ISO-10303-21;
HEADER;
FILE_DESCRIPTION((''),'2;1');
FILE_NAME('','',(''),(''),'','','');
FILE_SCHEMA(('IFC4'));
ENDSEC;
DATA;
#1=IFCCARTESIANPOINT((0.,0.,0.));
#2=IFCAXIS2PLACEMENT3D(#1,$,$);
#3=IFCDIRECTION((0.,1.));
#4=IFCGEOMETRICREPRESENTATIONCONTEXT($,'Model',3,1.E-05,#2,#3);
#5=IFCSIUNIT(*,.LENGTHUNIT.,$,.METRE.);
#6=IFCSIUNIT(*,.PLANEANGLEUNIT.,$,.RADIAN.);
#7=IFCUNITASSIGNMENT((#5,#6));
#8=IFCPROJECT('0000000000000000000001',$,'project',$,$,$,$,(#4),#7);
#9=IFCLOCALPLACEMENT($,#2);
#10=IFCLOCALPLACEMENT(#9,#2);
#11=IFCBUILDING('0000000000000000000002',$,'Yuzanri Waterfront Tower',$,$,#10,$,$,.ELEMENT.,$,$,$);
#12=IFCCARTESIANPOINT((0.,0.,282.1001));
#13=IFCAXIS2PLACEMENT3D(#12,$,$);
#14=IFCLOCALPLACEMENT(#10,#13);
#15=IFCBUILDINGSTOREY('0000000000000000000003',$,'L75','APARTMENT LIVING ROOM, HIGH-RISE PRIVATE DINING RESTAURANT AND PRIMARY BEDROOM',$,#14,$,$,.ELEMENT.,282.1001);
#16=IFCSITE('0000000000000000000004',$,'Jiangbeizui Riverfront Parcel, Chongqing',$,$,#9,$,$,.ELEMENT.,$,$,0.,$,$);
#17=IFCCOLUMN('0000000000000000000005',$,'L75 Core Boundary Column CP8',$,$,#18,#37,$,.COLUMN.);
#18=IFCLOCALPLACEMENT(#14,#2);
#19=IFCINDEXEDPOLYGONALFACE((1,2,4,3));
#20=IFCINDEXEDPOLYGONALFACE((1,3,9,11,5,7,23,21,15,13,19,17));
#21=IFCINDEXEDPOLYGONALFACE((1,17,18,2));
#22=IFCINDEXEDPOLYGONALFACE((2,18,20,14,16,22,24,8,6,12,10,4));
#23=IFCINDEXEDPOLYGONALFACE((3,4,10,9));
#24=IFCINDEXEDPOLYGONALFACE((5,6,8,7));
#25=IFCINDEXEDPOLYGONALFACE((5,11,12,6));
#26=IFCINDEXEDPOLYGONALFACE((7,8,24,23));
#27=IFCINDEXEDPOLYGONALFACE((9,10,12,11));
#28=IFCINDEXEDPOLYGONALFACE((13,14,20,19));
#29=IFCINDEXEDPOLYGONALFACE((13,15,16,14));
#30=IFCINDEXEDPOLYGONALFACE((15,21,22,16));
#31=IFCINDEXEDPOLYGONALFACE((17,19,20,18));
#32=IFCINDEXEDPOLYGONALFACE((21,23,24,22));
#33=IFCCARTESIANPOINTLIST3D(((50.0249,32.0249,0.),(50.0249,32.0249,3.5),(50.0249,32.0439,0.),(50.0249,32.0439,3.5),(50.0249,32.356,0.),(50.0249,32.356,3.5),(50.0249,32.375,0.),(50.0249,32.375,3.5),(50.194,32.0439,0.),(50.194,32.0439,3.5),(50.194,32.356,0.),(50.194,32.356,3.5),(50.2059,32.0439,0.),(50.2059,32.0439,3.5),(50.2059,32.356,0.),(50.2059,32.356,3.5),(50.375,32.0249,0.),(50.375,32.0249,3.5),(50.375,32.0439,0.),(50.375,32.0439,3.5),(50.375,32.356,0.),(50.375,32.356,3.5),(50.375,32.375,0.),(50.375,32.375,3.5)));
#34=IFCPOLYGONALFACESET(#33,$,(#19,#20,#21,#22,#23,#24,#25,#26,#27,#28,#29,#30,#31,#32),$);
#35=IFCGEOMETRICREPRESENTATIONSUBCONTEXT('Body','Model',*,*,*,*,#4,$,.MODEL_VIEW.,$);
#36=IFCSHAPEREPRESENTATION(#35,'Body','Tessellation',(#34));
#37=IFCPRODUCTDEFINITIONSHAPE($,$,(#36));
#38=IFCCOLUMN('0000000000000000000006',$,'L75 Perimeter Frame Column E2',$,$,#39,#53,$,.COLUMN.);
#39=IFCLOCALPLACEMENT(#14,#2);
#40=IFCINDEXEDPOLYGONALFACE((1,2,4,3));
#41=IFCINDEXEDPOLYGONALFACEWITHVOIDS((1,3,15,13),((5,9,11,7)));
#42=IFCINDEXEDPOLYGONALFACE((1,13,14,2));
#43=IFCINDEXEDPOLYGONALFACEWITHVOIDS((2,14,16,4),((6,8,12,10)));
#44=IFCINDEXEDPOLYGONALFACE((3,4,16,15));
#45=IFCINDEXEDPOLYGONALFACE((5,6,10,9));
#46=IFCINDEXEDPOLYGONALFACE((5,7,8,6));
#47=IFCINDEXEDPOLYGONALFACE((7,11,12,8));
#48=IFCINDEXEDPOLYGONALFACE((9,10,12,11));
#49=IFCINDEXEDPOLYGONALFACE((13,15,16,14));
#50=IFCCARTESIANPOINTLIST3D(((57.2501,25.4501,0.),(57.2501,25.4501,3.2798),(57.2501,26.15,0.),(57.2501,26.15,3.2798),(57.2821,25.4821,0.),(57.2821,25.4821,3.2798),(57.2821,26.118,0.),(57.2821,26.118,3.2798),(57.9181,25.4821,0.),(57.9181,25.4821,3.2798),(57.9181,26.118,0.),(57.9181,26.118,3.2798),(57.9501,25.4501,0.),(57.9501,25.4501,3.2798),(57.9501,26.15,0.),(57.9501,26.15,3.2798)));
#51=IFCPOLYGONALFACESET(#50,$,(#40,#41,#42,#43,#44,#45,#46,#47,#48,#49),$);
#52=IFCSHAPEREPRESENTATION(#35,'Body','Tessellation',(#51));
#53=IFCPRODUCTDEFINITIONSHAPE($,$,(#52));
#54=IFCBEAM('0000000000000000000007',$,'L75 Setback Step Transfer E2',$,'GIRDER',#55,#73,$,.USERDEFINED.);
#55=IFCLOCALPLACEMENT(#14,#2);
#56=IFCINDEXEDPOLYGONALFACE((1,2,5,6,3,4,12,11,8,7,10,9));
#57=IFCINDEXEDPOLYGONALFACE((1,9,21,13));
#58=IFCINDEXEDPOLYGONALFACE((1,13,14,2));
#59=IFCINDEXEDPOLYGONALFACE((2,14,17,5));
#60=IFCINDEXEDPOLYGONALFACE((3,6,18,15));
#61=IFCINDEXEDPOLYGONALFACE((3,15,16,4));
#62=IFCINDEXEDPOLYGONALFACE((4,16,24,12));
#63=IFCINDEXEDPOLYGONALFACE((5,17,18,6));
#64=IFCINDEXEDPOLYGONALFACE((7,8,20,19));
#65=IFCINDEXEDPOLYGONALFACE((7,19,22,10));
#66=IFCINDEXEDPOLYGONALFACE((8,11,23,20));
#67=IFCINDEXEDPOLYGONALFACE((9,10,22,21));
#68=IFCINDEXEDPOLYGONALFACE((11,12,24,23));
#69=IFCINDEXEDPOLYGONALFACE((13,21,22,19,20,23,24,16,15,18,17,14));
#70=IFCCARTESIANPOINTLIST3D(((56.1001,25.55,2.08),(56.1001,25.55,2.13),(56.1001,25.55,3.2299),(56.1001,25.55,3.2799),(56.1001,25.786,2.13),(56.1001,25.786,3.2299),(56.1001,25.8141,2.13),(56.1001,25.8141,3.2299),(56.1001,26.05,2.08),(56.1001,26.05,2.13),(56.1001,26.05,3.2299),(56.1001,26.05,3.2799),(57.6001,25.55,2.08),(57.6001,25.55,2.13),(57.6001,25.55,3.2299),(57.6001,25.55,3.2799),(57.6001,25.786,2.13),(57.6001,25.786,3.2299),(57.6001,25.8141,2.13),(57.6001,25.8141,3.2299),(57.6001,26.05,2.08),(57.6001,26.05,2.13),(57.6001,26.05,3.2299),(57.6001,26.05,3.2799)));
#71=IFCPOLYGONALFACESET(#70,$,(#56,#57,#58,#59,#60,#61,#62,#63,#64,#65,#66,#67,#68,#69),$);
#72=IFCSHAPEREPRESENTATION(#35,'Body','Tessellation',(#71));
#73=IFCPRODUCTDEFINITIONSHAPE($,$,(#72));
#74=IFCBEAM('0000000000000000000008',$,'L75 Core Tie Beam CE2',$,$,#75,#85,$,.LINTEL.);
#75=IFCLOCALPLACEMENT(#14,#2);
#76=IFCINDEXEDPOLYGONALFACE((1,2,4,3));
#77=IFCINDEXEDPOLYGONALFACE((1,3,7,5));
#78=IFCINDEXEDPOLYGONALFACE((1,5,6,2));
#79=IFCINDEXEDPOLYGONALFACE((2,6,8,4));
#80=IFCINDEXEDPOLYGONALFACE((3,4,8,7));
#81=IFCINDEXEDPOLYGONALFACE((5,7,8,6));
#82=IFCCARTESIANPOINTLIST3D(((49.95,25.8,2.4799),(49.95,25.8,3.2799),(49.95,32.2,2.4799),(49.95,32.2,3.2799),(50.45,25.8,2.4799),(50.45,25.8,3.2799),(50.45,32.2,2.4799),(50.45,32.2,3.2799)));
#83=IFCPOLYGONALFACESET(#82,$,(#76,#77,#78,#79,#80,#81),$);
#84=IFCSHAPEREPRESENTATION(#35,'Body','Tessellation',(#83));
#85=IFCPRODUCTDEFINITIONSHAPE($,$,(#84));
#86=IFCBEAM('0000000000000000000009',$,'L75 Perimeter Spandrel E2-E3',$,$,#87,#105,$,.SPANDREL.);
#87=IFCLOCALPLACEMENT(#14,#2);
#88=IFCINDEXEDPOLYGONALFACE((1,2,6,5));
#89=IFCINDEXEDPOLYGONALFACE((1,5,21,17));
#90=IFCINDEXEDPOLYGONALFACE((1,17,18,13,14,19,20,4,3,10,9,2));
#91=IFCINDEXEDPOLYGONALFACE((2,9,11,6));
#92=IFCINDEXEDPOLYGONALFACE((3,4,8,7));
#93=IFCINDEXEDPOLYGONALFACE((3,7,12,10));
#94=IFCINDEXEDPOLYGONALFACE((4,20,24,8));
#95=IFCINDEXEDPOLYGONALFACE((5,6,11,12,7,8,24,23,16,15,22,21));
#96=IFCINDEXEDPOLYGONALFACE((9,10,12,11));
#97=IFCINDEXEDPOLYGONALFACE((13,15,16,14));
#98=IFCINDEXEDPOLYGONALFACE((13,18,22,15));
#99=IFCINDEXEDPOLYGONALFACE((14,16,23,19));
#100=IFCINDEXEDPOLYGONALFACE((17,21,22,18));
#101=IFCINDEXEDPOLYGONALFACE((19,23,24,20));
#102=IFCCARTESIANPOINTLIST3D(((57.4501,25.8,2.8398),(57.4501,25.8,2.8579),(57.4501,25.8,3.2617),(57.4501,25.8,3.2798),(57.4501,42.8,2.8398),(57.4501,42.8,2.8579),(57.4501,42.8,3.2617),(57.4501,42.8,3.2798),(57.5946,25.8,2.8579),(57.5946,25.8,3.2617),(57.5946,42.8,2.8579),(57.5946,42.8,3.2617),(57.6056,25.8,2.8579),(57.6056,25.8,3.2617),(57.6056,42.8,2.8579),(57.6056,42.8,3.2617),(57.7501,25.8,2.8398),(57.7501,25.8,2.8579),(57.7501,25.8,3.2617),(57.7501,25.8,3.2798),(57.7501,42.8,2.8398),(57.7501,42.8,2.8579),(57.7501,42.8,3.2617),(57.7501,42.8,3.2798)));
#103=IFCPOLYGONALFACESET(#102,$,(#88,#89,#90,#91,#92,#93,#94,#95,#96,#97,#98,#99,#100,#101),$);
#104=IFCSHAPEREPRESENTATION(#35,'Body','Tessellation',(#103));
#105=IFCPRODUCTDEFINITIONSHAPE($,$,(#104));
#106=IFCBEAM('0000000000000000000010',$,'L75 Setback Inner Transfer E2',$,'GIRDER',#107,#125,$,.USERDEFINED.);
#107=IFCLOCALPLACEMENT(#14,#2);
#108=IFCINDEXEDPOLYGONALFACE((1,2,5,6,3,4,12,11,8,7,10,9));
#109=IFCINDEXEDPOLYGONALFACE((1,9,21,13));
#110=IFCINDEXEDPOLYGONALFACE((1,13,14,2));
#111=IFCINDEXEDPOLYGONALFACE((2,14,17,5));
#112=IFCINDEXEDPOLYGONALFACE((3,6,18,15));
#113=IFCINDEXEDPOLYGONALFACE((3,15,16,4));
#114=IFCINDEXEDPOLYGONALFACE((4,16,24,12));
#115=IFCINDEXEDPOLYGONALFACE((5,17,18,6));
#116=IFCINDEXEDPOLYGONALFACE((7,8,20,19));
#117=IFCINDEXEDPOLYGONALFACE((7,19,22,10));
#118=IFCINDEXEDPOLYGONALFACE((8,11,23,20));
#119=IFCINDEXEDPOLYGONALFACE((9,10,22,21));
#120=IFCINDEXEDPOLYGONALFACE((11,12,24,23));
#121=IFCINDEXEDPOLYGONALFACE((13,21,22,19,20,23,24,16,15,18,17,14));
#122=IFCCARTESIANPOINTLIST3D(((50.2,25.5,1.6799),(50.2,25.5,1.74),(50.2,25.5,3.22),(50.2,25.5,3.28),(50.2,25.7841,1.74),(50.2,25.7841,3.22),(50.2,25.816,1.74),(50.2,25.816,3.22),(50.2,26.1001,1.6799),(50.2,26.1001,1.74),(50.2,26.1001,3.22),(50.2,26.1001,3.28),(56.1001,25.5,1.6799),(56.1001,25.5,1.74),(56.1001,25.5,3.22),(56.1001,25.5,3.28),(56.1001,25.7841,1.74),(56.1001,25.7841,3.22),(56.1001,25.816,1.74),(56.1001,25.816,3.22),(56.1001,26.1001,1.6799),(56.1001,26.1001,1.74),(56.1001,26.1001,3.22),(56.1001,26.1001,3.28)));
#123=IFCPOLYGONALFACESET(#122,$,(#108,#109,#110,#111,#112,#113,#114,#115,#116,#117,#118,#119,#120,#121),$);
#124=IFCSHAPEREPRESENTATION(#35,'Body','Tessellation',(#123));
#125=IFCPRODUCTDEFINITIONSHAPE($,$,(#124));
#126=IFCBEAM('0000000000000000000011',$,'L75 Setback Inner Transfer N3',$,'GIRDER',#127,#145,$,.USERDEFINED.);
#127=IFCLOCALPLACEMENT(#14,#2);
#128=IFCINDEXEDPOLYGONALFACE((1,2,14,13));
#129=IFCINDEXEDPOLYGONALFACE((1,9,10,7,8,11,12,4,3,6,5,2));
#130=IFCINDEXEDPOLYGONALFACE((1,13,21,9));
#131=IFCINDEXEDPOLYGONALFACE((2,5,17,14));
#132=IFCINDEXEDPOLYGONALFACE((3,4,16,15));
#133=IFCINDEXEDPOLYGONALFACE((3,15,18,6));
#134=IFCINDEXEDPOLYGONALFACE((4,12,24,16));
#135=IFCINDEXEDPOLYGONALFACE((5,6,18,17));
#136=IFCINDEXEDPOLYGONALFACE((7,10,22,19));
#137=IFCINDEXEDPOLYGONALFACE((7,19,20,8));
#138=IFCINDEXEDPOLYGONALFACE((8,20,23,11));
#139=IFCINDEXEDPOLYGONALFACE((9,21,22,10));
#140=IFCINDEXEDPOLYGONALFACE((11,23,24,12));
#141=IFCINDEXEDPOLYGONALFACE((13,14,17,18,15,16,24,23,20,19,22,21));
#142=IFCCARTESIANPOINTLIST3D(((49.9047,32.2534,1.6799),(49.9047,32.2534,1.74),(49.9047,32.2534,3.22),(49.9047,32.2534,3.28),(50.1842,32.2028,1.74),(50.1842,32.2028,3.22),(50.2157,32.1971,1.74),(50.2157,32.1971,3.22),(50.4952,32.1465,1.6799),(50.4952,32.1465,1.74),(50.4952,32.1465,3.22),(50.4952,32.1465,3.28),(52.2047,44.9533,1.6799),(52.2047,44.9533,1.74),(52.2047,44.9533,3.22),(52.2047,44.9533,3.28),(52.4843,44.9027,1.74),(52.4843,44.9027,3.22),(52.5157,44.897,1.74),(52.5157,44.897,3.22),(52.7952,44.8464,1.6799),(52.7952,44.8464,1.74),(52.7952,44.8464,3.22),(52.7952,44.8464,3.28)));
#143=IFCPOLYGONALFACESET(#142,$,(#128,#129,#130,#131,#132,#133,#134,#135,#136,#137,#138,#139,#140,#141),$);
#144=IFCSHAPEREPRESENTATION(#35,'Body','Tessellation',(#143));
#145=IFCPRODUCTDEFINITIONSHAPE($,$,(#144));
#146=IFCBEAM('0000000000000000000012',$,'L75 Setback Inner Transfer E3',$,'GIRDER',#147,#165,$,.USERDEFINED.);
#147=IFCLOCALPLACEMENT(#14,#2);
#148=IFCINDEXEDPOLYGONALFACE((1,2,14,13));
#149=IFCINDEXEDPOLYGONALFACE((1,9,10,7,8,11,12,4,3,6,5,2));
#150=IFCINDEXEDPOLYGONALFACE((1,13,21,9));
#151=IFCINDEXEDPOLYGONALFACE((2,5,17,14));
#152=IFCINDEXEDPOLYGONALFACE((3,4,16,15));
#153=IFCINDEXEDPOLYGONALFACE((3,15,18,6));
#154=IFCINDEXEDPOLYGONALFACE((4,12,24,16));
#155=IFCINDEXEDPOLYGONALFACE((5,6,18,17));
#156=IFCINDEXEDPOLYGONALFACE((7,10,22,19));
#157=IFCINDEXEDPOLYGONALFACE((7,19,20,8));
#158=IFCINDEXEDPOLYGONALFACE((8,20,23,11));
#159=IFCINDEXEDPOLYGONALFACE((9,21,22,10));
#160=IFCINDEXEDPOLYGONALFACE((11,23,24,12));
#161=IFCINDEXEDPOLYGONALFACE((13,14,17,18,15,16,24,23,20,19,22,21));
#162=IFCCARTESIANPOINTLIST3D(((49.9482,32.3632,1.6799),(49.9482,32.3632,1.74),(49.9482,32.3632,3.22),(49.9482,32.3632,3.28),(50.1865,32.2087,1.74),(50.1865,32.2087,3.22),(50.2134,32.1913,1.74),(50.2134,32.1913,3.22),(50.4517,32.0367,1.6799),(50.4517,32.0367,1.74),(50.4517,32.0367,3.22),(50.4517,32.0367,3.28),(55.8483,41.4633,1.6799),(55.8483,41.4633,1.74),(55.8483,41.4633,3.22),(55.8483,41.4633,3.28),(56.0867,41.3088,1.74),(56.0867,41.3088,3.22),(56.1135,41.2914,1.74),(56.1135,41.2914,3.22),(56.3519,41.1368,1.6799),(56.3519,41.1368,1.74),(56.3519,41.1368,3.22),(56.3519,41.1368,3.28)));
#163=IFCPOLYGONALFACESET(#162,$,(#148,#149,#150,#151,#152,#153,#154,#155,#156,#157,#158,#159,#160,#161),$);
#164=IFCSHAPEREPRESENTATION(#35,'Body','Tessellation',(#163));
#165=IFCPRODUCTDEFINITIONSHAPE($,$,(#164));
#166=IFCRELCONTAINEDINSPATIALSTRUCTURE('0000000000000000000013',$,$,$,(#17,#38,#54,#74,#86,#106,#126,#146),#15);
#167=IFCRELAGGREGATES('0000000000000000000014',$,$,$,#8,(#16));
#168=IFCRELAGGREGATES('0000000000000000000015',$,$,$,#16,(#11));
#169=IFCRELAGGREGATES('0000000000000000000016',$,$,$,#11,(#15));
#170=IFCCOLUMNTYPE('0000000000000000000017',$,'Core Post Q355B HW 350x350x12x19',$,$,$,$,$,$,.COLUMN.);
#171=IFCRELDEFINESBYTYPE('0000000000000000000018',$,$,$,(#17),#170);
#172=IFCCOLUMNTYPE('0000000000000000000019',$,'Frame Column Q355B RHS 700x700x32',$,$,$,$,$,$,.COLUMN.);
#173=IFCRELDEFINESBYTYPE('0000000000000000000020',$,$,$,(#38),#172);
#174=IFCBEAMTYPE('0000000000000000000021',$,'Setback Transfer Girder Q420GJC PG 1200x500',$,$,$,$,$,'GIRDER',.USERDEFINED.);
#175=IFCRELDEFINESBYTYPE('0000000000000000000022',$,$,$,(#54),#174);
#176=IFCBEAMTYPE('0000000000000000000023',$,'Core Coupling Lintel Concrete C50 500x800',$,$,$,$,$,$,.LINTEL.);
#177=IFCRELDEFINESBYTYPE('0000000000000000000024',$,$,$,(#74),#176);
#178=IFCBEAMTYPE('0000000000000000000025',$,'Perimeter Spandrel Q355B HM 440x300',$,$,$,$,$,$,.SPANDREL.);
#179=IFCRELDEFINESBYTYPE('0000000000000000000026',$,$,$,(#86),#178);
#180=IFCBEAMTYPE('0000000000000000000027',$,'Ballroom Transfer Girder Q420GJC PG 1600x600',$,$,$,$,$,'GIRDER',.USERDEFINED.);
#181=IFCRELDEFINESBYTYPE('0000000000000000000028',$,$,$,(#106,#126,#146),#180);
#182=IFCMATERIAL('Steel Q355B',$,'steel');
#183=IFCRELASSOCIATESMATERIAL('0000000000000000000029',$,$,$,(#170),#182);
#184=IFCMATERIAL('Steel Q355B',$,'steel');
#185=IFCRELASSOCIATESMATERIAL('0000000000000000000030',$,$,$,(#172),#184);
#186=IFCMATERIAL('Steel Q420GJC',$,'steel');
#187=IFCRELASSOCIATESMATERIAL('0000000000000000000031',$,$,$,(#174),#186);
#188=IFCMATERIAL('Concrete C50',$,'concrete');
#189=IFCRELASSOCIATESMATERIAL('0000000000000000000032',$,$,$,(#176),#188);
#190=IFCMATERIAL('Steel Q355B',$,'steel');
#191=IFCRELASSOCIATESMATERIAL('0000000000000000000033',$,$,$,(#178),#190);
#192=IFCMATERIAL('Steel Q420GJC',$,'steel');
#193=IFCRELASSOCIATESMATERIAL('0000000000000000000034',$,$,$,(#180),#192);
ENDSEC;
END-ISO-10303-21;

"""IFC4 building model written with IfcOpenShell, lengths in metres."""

from ifc_helpers import new_model, si_unit, direction, frame, origin, origin_2d, place, context, subcontext, project, spatial, rectangle, hollow_rectangle, i_section, extrude, source, transform, mapped, material, material_profile, profile_set, type_object, element, save


model = new_model("IFC4")

# Units and contexts
model_context = context("Model", 3, precision=1e-05, world=origin(), true_north=direction((0.0, 1.0)))
body_context = subcontext(model_context, "Body", "Model", "MODEL_VIEW")
ifc_project = project(units=[si_unit("LENGTHUNIT", "METRE"), si_unit("PLANEANGLEUNIT", "RADIAN")], contexts=[model_context])

# Site, building, storey
site_placement = place(None, origin())
site = spatial("IfcSite", under=ifc_project, at=site_placement, Name="Jiangbeizui Riverfront Parcel, Chongqing", CompositionType="ELEMENT", RefElevation=0.0)
building_placement = place(site_placement, origin())
building = spatial("IfcBuilding", under=site, at=building_placement, Name="Yuzanri Waterfront Tower", CompositionType="ELEMENT")
storey_placement = place(building_placement, frame((0.0, 0.0, 282.1001)))
storey = spatial("IfcBuildingStorey", under=building, at=storey_placement, Name="L75", Description="APARTMENT LIVING ROOM, HIGH-RISE PRIVATE DINING RESTAURANT AND PRIMARY BEDROOM", CompositionType="ELEMENT", Elevation=282.1001)

# Columns
ifc_material_1 = material(Name="Steel Q355B", Category="steel")
ifc_material_profile_1 = material_profile(ifc_material_1, i_section(OverallWidth=0.3501, OverallDepth=0.3501, WebThickness=0.012, FlangeThickness=0.019, at=origin_2d()), Name="HW 350x350x12x19")
ifc_profile_set_1 = profile_set([ifc_material_profile_1], Name="Steel Q355B")
column_type_1 = type_object("IfcColumnType", Name="Core Post Q355B HW 350x350x12x19", PredefinedType="COLUMN", material=ifc_profile_set_1)
shared_shape_1 = source(origin(), body_context, "Body", "SweptSolid", [
    extrude(i_section(OverallWidth=0.3501, OverallDepth=0.3501, WebThickness=0.012, FlangeThickness=0.019, at=origin_2d()), origin(), (0.0, 0.0, 1.0), 3.5),
])
column_1_placement = place(storey_placement, frame((50.2, 32.2, 0.0), z_axis=(0.0, 0.0, 1.0), x_axis=(1.0, 0.0, 0.0)))
element("IfcColumn", 1, at=column_1_placement, inside=storey, type_object=column_type_1, Name="L75 Core Boundary Column CP8", PredefinedType="COLUMN", context=body_context, shape_type="MappedRepresentation", body=[
    mapped(shared_shape_1, transform((0.0, 0.0, 0.0), scale=1.0)),
])
ifc_material_2 = material(Name="Steel Q355B", Category="steel")
ifc_material_profile_2 = material_profile(ifc_material_2, hollow_rectangle(XDim=0.7, YDim=0.7, WallThickness=0.032, at=origin_2d()), Name="RHS 700x700x32")
ifc_profile_set_2 = profile_set([ifc_material_profile_2], Name="Steel Q355B")
column_type_2 = type_object("IfcColumnType", Name="Frame Column Q355B RHS 700x700x32", PredefinedType="COLUMN", material=ifc_profile_set_2)
shared_shape_2 = source(origin(), body_context, "Body", "SweptSolid", [
    extrude(hollow_rectangle(XDim=0.7, YDim=0.7, WallThickness=0.032, at=origin_2d()), origin(), (0.0, 0.0, 1.0), 3.2798),
])
column_2_placement = place(storey_placement, frame((57.6001, 25.8, 0.0), z_axis=(0.0, 0.0, 1.0), x_axis=(1.0, 0.0, 0.0)))
element("IfcColumn", 2, at=column_2_placement, inside=storey, type_object=column_type_2, Name="L75 Perimeter Frame Column E2", PredefinedType="COLUMN", context=body_context, shape_type="MappedRepresentation", body=[
    mapped(shared_shape_2, transform((0.0, 0.0, 0.0), scale=1.0)),
])

# Beams
ifc_material_3 = material(Name="Steel Q420GJC", Category="steel")
ifc_material_profile_3 = material_profile(ifc_material_3, i_section(OverallWidth=0.5, OverallDepth=1.2, WebThickness=0.0281, FlangeThickness=0.05, at=origin_2d()), Name="PG 1200x500x28x50")
ifc_profile_set_3 = profile_set([ifc_material_profile_3], Name="Steel Q420GJC")
beam_type_1 = type_object("IfcBeamType", Name="Setback Transfer Girder Q420GJC PG 1200x500", ElementType="GIRDER", PredefinedType="USERDEFINED", material=ifc_profile_set_3)
shared_shape_3 = source(origin(), body_context, "Body", "SweptSolid", [
    extrude(i_section(OverallWidth=0.5, OverallDepth=1.2, WebThickness=0.0281, FlangeThickness=0.05, at=origin_2d()), origin(), (0.0, 0.0, 1.0), 1.5),
])
beam_1_placement = place(storey_placement, frame((56.1001, 25.8, 2.6799), z_axis=(1.0, 0.0, 0.0), x_axis=(0.0, 1.0, 0.0)))
element("IfcBeam", 3, at=beam_1_placement, inside=storey, type_object=beam_type_1, Name="L75 Setback Step Transfer E2", ObjectType="GIRDER", PredefinedType="USERDEFINED", context=body_context, shape_type="MappedRepresentation", body=[
    mapped(shared_shape_3, transform((0.0, 0.0, 0.0), scale=1.0)),
])
ifc_material_4 = material(Name="Concrete C50", Category="concrete")
ifc_material_profile_4 = material_profile(ifc_material_4, rectangle(XDim=0.5, YDim=0.8, at=origin_2d()), Name="RC 500x800")
ifc_profile_set_4 = profile_set([ifc_material_profile_4], Name="Concrete C50")
beam_type_2 = type_object("IfcBeamType", Name="Core Coupling Lintel Concrete C50 500x800", PredefinedType="LINTEL", material=ifc_profile_set_4)
shared_shape_4 = source(origin(), body_context, "Body", "SweptSolid", [
    extrude(rectangle(XDim=0.5, YDim=0.8, at=origin_2d()), origin(), (0.0, 0.0, 1.0), 6.3999),
])
beam_2_placement = place(storey_placement, frame((50.2, 25.8, 2.8799), z_axis=(0.0, 1.0, 0.0), x_axis=(-1.0, 0.0, 0.0)))
element("IfcBeam", 4, at=beam_2_placement, inside=storey, type_object=beam_type_2, Name="L75 Core Tie Beam CE2", PredefinedType="LINTEL", context=body_context, shape_type="MappedRepresentation", body=[
    mapped(shared_shape_4, transform((0.0, 0.0, 0.0), scale=1.0)),
])
ifc_material_5 = material(Name="Steel Q355B", Category="steel")
ifc_material_profile_5 = material_profile(ifc_material_5, i_section(OverallWidth=0.3, OverallDepth=0.4399, WebThickness=0.011, FlangeThickness=0.0181, at=origin_2d()), Name="HM 440x300x11x18")
ifc_profile_set_5 = profile_set([ifc_material_profile_5], Name="Steel Q355B")
beam_type_3 = type_object("IfcBeamType", Name="Perimeter Spandrel Q355B HM 440x300", PredefinedType="SPANDREL", material=ifc_profile_set_5)
shared_shape_5 = source(origin(), body_context, "Body", "SweptSolid", [
    extrude(i_section(OverallWidth=0.3, OverallDepth=0.4399, WebThickness=0.011, FlangeThickness=0.0181, at=origin_2d()), origin(), (0.0, 0.0, 1.0), 17.0),
])
beam_3_placement = place(storey_placement, frame((57.6001, 25.8, 3.0598), z_axis=(0.0, 1.0, 0.0), x_axis=(-1.0, 0.0, 0.0)))
element("IfcBeam", 5, at=beam_3_placement, inside=storey, type_object=beam_type_3, Name="L75 Perimeter Spandrel E2-E3", PredefinedType="SPANDREL", context=body_context, shape_type="MappedRepresentation", body=[
    mapped(shared_shape_5, transform((0.0, 0.0, 0.0), scale=1.0)),
])
ifc_material_6 = material(Name="Steel Q420GJC", Category="steel")
ifc_material_profile_6 = material_profile(ifc_material_6, i_section(OverallWidth=0.6001, OverallDepth=1.6001, WebThickness=0.032, FlangeThickness=0.0601, at=origin_2d()), Name="PG 1600x600x32x60")
ifc_profile_set_6 = profile_set([ifc_material_profile_6], Name="Steel Q420GJC")
beam_type_4 = type_object("IfcBeamType", Name="Ballroom Transfer Girder Q420GJC PG 1600x600", ElementType="GIRDER", PredefinedType="USERDEFINED", material=ifc_profile_set_6)
shared_shape_6 = source(origin(), body_context, "Body", "SweptSolid", [
    extrude(i_section(OverallWidth=0.6001, OverallDepth=1.6001, WebThickness=0.032, FlangeThickness=0.0601, at=origin_2d()), origin(), (0.0, 0.0, 1.0), 5.9001),
])
beam_4_placement = place(storey_placement, frame((50.2, 25.8, 2.48), z_axis=(1.0, 0.0, 0.0), x_axis=(0.0, 1.0, 0.0)))
element("IfcBeam", 6, at=beam_4_placement, inside=storey, type_object=beam_type_4, Name="L75 Setback Inner Transfer E2", ObjectType="GIRDER", PredefinedType="USERDEFINED", context=body_context, shape_type="MappedRepresentation", body=[
    mapped(shared_shape_6, transform((0.0, 0.0, 0.0), scale=1.0)),
])
shared_shape_7 = source(origin(), body_context, "Body", "SweptSolid", [
    extrude(i_section(OverallWidth=0.6001, OverallDepth=1.6001, WebThickness=0.032, FlangeThickness=0.0601, at=origin_2d()), origin(), (0.0, 0.0, 1.0), 12.9065),
])
beam_5_placement = place(storey_placement, frame((50.2, 32.2, 2.48), z_axis=(0.178208, 0.983993, 0.0), x_axis=(-0.983993, 0.178208, 0.0)))
element("IfcBeam", 7, at=beam_5_placement, inside=storey, type_object=beam_type_4, Name="L75 Setback Inner Transfer N3", ObjectType="GIRDER", PredefinedType="USERDEFINED", context=body_context, shape_type="MappedRepresentation", body=[
    mapped(shared_shape_7, transform((0.0, 0.0, 0.0), scale=1.0)),
])
shared_shape_8 = source(origin(), body_context, "Body", "SweptSolid", [
    extrude(i_section(OverallWidth=0.6001, OverallDepth=1.6001, WebThickness=0.032, FlangeThickness=0.0601, at=origin_2d()), origin(), (0.0, 0.0, 1.0), 10.8455),
])
beam_6_placement = place(storey_placement, frame((50.2, 32.2, 2.48), z_axis=(0.544021, 0.839072, 0.0), x_axis=(-0.839072, 0.544021, 0.0)))
element("IfcBeam", 8, at=beam_6_placement, inside=storey, type_object=beam_type_4, Name="L75 Setback Inner Transfer E3", ObjectType="GIRDER", PredefinedType="USERDEFINED", context=body_context, shape_type="MappedRepresentation", body=[
    mapped(shared_shape_8, transform((0.0, 0.0, 0.0), scale=1.0)),
])

save(model, "model.ifc")
